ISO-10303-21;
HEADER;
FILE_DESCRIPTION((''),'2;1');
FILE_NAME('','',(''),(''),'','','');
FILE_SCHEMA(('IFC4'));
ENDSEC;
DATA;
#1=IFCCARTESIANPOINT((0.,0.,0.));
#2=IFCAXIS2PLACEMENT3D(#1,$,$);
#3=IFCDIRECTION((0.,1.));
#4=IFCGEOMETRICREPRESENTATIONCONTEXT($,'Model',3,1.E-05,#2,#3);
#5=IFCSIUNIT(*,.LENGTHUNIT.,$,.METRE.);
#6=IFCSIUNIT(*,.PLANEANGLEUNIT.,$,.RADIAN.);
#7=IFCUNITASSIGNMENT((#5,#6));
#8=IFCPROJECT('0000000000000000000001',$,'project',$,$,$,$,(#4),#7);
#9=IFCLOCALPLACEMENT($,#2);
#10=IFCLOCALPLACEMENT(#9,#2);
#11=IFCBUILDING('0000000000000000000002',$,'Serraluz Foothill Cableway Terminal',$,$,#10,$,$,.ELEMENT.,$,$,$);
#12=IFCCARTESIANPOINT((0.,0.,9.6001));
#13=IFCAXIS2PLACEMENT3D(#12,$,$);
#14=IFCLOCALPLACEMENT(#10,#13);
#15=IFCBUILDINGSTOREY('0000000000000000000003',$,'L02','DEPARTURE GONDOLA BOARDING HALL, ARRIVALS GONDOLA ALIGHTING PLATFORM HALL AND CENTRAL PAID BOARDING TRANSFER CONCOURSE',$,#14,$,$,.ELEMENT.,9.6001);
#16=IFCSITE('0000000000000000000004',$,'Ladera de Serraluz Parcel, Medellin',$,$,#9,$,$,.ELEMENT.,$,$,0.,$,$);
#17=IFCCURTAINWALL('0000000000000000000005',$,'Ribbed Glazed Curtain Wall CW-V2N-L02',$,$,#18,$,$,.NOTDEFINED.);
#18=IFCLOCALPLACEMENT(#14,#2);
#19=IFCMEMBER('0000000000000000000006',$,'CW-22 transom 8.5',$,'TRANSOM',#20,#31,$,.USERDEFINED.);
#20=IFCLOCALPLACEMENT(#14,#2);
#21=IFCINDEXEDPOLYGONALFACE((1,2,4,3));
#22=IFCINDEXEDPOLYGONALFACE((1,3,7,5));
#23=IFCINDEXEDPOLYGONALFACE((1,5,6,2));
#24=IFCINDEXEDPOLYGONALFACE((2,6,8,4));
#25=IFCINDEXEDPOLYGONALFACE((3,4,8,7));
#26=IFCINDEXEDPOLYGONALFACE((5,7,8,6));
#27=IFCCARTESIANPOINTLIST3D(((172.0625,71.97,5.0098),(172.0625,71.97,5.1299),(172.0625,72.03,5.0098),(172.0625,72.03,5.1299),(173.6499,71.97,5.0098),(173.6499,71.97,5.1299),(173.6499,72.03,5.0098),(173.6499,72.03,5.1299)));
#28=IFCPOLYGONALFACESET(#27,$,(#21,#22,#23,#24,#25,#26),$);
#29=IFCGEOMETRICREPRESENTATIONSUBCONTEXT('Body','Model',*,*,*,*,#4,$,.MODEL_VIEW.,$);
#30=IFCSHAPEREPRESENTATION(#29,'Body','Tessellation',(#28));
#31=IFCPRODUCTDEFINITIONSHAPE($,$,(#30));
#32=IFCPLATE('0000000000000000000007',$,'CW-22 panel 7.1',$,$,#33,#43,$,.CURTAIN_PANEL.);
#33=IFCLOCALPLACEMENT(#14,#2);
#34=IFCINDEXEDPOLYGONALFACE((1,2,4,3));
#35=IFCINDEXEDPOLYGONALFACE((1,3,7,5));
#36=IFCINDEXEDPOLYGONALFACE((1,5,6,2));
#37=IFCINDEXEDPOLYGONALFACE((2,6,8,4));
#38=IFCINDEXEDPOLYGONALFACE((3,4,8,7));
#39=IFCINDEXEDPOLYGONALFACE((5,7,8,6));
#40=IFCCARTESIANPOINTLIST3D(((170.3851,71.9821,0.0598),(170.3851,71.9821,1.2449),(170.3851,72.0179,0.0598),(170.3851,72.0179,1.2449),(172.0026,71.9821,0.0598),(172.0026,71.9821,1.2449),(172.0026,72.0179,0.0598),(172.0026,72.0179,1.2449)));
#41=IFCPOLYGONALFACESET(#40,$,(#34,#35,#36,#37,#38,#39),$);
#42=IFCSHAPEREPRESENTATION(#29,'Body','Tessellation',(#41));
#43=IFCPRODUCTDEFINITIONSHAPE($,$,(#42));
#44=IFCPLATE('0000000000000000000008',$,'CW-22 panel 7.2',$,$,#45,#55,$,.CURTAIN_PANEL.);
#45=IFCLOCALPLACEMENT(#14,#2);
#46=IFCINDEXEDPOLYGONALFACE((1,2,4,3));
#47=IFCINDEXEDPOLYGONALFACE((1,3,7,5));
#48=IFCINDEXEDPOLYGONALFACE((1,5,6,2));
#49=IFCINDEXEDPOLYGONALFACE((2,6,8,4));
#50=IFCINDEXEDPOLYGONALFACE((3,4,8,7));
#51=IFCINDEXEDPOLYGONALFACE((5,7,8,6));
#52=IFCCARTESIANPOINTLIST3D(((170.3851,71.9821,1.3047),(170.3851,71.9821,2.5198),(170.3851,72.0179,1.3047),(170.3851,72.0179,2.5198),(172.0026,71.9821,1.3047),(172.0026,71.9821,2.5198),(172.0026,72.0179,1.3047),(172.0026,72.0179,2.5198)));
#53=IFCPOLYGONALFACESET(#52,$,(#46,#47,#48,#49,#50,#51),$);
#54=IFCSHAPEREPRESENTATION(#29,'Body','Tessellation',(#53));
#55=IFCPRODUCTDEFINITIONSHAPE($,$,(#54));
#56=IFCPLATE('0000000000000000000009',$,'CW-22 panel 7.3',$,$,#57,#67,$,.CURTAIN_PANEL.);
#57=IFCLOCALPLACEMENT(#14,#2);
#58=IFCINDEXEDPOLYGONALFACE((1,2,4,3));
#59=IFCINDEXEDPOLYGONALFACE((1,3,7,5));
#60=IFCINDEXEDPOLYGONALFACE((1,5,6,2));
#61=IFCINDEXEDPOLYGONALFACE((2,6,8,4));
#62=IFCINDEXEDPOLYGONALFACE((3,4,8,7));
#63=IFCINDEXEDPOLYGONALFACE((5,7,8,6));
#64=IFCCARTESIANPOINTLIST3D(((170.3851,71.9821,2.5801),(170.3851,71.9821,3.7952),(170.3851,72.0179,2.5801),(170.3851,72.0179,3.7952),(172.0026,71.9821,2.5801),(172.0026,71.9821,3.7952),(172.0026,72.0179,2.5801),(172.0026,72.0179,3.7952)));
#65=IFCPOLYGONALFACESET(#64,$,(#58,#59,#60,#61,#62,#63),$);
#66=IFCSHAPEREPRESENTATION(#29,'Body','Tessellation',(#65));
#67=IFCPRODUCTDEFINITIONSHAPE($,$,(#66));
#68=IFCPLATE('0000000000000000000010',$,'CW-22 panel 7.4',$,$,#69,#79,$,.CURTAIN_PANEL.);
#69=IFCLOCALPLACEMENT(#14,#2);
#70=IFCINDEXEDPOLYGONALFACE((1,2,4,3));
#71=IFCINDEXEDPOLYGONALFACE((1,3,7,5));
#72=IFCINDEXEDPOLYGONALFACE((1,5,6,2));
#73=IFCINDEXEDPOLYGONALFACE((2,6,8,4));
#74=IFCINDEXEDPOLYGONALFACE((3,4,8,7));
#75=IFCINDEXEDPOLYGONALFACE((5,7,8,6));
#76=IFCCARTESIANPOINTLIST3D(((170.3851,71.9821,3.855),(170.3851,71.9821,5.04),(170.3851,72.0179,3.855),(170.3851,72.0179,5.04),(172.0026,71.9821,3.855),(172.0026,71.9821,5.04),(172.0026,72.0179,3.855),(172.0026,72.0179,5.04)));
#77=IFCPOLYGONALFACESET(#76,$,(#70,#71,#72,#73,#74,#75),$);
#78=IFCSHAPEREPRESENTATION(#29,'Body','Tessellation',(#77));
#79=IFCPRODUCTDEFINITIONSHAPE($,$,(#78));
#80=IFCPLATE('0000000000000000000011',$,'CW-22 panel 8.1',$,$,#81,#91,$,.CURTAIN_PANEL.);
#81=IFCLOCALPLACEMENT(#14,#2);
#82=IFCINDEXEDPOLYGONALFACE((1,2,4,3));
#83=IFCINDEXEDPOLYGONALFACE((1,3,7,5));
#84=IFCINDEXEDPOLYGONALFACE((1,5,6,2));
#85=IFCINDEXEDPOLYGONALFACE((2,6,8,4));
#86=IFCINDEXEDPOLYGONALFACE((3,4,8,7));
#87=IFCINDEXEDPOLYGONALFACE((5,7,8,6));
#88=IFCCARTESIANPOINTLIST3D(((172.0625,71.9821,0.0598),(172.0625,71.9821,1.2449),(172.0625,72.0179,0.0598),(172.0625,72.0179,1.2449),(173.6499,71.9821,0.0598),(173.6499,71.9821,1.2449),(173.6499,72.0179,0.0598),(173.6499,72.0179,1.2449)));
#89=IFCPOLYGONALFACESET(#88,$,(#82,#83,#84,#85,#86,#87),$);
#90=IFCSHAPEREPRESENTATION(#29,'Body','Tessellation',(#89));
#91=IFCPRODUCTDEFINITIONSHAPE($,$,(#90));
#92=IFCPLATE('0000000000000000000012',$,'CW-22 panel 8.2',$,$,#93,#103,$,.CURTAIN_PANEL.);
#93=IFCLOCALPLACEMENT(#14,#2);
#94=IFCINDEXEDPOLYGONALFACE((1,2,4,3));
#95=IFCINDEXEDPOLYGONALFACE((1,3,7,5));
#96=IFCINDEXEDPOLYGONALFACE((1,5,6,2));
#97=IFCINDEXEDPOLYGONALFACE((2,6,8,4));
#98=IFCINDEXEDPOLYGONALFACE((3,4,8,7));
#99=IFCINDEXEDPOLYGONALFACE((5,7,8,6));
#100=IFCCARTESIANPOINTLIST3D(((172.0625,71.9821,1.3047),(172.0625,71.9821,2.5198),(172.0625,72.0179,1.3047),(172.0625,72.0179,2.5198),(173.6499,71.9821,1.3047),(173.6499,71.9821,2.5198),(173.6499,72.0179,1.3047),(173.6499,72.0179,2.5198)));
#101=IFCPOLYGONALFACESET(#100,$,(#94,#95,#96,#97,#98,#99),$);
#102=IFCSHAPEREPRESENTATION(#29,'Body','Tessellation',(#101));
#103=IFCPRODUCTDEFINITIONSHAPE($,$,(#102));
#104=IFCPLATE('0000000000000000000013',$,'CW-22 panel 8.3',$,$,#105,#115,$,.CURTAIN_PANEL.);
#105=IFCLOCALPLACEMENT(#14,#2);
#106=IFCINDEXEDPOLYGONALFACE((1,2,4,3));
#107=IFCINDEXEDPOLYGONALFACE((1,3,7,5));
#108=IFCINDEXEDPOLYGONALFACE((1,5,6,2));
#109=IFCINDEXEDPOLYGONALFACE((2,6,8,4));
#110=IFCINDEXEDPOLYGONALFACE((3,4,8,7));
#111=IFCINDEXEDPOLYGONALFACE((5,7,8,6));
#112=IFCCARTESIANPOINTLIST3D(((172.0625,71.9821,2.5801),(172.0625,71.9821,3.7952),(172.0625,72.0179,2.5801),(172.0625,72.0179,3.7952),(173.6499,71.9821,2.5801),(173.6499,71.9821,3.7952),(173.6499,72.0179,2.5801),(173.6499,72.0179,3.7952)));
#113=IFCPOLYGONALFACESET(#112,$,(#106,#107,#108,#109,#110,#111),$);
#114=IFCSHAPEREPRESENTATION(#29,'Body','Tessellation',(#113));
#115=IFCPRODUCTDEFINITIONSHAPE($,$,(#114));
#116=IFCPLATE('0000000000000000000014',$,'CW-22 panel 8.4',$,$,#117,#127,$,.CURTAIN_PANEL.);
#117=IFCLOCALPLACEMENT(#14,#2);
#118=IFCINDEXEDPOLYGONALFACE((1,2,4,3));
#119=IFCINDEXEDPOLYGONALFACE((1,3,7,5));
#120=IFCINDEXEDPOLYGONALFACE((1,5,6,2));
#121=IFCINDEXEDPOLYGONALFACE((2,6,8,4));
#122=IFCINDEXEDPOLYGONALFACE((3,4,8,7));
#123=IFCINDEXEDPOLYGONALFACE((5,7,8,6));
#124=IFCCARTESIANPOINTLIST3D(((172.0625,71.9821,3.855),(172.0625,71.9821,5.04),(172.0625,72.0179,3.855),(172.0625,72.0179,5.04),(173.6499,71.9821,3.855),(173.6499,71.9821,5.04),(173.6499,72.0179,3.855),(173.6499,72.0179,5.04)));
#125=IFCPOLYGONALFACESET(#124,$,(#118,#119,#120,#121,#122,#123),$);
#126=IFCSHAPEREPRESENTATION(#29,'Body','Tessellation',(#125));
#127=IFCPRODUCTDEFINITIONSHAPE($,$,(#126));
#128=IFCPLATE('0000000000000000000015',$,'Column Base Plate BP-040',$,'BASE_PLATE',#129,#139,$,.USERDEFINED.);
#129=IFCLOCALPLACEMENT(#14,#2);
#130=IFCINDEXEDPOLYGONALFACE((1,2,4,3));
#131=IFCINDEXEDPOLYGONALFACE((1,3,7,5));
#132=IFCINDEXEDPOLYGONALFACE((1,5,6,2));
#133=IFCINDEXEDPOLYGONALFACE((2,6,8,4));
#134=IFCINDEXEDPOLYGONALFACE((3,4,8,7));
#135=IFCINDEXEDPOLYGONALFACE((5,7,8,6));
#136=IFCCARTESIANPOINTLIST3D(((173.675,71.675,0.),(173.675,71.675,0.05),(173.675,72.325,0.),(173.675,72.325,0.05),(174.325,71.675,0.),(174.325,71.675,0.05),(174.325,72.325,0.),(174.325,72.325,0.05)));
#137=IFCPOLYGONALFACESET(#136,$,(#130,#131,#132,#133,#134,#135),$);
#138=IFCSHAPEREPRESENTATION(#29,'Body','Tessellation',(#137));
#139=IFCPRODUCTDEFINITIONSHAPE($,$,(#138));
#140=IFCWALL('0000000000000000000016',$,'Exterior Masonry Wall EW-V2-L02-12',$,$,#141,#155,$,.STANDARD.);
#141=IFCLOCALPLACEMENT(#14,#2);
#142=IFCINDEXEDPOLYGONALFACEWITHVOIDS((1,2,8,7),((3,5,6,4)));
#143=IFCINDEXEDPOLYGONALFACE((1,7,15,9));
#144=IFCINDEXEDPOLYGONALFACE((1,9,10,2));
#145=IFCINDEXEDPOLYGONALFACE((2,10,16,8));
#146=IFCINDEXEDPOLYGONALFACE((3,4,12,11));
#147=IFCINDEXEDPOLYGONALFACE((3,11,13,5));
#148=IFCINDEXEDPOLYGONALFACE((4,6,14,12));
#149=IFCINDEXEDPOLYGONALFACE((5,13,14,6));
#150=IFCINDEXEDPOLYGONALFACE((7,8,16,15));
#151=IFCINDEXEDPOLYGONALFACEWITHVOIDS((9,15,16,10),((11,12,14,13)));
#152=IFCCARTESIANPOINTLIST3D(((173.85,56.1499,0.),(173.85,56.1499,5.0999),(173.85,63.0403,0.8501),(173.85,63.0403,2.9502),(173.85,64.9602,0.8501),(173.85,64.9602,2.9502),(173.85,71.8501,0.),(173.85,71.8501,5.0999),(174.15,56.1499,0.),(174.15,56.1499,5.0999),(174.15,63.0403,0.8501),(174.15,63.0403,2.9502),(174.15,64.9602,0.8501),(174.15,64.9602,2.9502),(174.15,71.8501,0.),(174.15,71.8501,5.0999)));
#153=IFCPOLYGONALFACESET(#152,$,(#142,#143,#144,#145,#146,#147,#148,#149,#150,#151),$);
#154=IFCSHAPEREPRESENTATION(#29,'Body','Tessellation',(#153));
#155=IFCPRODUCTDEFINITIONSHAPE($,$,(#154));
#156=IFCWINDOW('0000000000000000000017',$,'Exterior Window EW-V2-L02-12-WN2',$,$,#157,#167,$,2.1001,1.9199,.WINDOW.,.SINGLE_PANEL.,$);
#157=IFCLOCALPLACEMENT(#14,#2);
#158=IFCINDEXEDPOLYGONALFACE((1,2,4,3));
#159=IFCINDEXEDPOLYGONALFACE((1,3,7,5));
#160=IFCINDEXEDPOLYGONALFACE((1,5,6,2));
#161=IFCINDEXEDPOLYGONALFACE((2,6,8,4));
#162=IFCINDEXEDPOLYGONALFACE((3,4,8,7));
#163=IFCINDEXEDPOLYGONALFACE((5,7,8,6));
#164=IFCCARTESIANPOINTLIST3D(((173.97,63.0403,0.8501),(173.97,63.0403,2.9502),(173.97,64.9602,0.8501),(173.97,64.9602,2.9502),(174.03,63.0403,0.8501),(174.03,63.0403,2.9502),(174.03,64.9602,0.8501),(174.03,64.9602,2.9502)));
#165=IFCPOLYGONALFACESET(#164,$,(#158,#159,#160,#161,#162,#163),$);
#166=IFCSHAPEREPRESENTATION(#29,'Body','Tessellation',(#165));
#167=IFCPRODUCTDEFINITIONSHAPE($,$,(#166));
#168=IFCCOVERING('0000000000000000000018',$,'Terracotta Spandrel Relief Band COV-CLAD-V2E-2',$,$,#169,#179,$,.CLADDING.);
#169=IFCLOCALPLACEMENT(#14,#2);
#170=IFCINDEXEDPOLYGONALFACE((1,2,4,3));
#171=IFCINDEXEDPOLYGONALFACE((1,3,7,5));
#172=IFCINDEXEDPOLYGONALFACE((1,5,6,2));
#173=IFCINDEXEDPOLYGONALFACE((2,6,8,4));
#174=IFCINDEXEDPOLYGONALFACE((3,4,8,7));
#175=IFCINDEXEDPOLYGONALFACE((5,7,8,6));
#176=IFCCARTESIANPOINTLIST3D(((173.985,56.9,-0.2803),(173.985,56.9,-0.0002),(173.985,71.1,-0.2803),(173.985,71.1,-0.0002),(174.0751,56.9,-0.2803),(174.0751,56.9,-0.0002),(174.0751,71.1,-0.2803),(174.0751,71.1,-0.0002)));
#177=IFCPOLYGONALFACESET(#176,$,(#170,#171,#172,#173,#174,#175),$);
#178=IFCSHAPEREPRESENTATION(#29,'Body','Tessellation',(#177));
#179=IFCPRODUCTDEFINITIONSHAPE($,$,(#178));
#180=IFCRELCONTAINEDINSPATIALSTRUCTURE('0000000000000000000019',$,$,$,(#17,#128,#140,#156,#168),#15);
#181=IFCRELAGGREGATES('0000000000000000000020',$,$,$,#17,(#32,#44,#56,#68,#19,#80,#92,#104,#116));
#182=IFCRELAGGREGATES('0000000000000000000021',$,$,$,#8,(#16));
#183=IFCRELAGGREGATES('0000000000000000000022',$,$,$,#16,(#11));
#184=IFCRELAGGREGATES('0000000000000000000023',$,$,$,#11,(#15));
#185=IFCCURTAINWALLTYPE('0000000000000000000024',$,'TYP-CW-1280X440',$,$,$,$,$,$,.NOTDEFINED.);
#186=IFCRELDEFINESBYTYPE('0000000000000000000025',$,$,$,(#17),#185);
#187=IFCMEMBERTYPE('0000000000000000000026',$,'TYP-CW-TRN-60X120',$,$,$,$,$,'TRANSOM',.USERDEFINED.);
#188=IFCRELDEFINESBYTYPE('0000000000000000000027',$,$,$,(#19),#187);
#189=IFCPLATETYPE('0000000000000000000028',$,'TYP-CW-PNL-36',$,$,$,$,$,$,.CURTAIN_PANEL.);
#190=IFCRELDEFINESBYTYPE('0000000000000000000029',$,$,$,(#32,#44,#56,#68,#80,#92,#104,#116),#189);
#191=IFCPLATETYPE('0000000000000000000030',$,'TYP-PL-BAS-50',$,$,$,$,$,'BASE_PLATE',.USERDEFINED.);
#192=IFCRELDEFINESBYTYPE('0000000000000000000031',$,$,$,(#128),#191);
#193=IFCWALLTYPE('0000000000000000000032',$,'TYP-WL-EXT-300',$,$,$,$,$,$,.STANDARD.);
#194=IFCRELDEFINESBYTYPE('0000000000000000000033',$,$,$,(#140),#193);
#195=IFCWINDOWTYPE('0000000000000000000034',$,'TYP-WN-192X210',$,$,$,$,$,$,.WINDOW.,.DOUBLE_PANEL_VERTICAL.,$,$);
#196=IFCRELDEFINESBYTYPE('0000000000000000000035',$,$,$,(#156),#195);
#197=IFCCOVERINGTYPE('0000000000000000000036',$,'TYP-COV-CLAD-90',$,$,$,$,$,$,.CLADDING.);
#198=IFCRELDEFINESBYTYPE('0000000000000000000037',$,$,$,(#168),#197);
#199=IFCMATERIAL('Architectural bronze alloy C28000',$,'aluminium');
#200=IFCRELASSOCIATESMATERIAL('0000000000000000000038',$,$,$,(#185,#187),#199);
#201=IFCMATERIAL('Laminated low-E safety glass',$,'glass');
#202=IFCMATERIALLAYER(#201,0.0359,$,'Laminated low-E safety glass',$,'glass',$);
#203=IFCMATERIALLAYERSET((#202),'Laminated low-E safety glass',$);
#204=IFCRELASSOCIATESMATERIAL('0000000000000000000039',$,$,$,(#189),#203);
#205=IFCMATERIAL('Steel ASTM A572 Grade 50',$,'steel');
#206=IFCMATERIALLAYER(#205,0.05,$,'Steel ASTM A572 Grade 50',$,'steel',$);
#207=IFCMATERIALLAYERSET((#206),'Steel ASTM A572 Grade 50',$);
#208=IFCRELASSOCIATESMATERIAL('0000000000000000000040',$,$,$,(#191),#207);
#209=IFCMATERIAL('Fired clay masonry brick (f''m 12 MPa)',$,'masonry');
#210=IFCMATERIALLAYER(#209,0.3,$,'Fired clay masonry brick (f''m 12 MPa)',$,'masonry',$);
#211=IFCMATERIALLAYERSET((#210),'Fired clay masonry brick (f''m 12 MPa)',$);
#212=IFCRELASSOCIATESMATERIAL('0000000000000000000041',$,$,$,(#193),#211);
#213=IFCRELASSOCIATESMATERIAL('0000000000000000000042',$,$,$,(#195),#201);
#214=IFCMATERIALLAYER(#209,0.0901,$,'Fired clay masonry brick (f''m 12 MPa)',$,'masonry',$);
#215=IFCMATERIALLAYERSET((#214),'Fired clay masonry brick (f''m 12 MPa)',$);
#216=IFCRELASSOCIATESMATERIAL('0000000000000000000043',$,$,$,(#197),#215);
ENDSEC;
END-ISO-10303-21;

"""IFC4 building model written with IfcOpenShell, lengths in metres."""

from ifc_helpers import new_model, si_unit, direction, frame, frame_2d, origin, origin_2d, place, context, subcontext, project, spatial, rectangle, extrude, material, layer, layer_set, material_profile, profile_set, type_object, element, fill, aggregate, save


model = new_model("IFC4")

# Units and contexts
model_context = context("Model", 3, precision=1e-05, world=origin(), true_north=direction((0.0, 1.0)))
body_context = subcontext(model_context, "Body", "Model", "MODEL_VIEW")
ifc_project = project(units=[si_unit("LENGTHUNIT", "METRE"), si_unit("PLANEANGLEUNIT", "RADIAN")], contexts=[model_context])

# Site, building, storey
site_placement = place(None, origin())
site = spatial("IfcSite", under=ifc_project, at=site_placement, Name="Ladera de Serraluz Parcel, Medellin", CompositionType="ELEMENT", RefElevation=0.0)
building_placement = place(site_placement, origin())
building = spatial("IfcBuilding", under=site, at=building_placement, Name="Serraluz Foothill Cableway Terminal", CompositionType="ELEMENT")
storey_placement = place(building_placement, frame((0.0, 0.0, 9.6001)))
storey = spatial("IfcBuildingStorey", under=building, at=storey_placement, Name="L02", Description="DEPARTURE GONDOLA BOARDING HALL, ARRIVALS GONDOLA ALIGHTING PLATFORM HALL AND CENTRAL PAID BOARDING TRANSFER CONCOURSE", CompositionType="ELEMENT", Elevation=9.6001)

# Shared definitions
ifc_material_1 = material(Name="Steel ASTM A572 Grade 50", Category="steel")
ifc_material_2 = material(Name="Fired clay masonry brick (f'm 12 MPa)", Category="masonry")

# Curtain wall, member, plates
ifc_material_3 = material(Name="Architectural bronze alloy C28000", Category="aluminium")
curtain_wall_type = type_object("IfcCurtainWallType", Name="TYP-CW-1280X440", PredefinedType="NOTDEFINED", material=ifc_material_3)
curtain_wall_placement = place(storey_placement, origin())
curtain_wall = element("IfcCurtainWall", 1, at=curtain_wall_placement, inside=storey, type_object=curtain_wall_type, Name="Ribbed Glazed Curtain Wall CW-V2N-L02", PredefinedType="NOTDEFINED")
ifc_material_profile_1 = material_profile(ifc_material_3, rectangle(XDim=0.0601, YDim=0.1201, at=origin_2d()), Name="ALU TRANSOM 60x120")
ifc_profile_set_1 = profile_set([ifc_material_profile_1], Name="Architectural bronze alloy C28000")
member_type_1 = type_object("IfcMemberType", Name="TYP-CW-TRN-60X120", ElementType="TRANSOM", PredefinedType="USERDEFINED", material=ifc_profile_set_1)
member_1_placement = place(storey_placement, frame((172.0625, 72.0, 5.0698), z_axis=(1.0, 0.0, 0.0), x_axis=(0.0, 1.0, 0.0)))
member_1 = element("IfcMember", 2, at=member_1_placement, type_object=member_type_1, Name="CW-22 transom 8.5", ObjectType="TRANSOM", PredefinedType="USERDEFINED", context=body_context, shape_type="SweptSolid", body=[
    extrude(rectangle(XDim=0.0601, YDim=0.1201, at=origin_2d()), origin(), (0.0, 0.0, 1.0), 1.5874),
])
ifc_material_4 = material(Name="Laminated low-E safety glass", Category="glass")
ifc_layer_1 = layer(ifc_material_4, 0.0359, Name="Laminated low-E safety glass", Category="glass")
ifc_layer_set_1 = layer_set([ifc_layer_1], Name="Laminated low-E safety glass")
plate_type_1 = type_object("IfcPlateType", Name="TYP-CW-PNL-36", PredefinedType="CURTAIN_PANEL", material=ifc_layer_set_1)
plate_1_placement = place(storey_placement, frame((171.1938, 72.0, 0.0598), z_axis=(0.0, 0.0, 1.0), x_axis=(1.0, 0.0, 0.0)))
plate_1 = element("IfcPlate", 3, at=plate_1_placement, type_object=plate_type_1, Name="CW-22 panel 7.1", PredefinedType="CURTAIN_PANEL", context=body_context, shape_type="SweptSolid", body=[
    extrude(rectangle(XDim=1.6174, YDim=0.0359, at=origin_2d()), origin(), (0.0, 0.0, 1.0), 1.1851),
])
plate_2_placement = place(storey_placement, frame((171.1938, 72.0, 1.3047), z_axis=(0.0, 0.0, 1.0), x_axis=(1.0, 0.0, 0.0)))
plate_2 = element("IfcPlate", 4, at=plate_2_placement, type_object=plate_type_1, Name="CW-22 panel 7.2", PredefinedType="CURTAIN_PANEL", context=body_context, shape_type="SweptSolid", body=[
    extrude(rectangle(XDim=1.6174, YDim=0.0359, at=origin_2d()), origin(), (0.0, 0.0, 1.0), 1.2151),
])
plate_3_placement = place(storey_placement, frame((171.1938, 72.0, 2.5801), z_axis=(0.0, 0.0, 1.0), x_axis=(1.0, 0.0, 0.0)))
plate_3 = element("IfcPlate", 5, at=plate_3_placement, type_object=plate_type_1, Name="CW-22 panel 7.3", PredefinedType="CURTAIN_PANEL", context=body_context, shape_type="SweptSolid", body=[
    extrude(rectangle(XDim=1.6174, YDim=0.0359, at=origin_2d()), origin(), (0.0, 0.0, 1.0), 1.2151),
])
plate_4_placement = place(storey_placement, frame((171.1938, 72.0, 3.855), z_axis=(0.0, 0.0, 1.0), x_axis=(1.0, 0.0, 0.0)))
plate_4 = element("IfcPlate", 6, at=plate_4_placement, type_object=plate_type_1, Name="CW-22 panel 7.4", PredefinedType="CURTAIN_PANEL", context=body_context, shape_type="SweptSolid", body=[
    extrude(rectangle(XDim=1.6174, YDim=0.0359, at=origin_2d()), origin(), (0.0, 0.0, 1.0), 1.1851),
])
plate_5_placement = place(storey_placement, frame((172.8562, 72.0, 0.0598), z_axis=(0.0, 0.0, 1.0), x_axis=(1.0, 0.0, 0.0)))
plate_5 = element("IfcPlate", 7, at=plate_5_placement, type_object=plate_type_1, Name="CW-22 panel 8.1", PredefinedType="CURTAIN_PANEL", context=body_context, shape_type="SweptSolid", body=[
    extrude(rectangle(XDim=1.5874, YDim=0.0359, at=origin_2d()), origin(), (0.0, 0.0, 1.0), 1.1851),
])
plate_6_placement = place(storey_placement, frame((172.8562, 72.0, 1.3047), z_axis=(0.0, 0.0, 1.0), x_axis=(1.0, 0.0, 0.0)))
plate_6 = element("IfcPlate", 8, at=plate_6_placement, type_object=plate_type_1, Name="CW-22 panel 8.2", PredefinedType="CURTAIN_PANEL", context=body_context, shape_type="SweptSolid", body=[
    extrude(rectangle(XDim=1.5874, YDim=0.0359, at=origin_2d()), origin(), (0.0, 0.0, 1.0), 1.2151),
])
plate_7_placement = place(storey_placement, frame((172.8562, 72.0, 2.5801), z_axis=(0.0, 0.0, 1.0), x_axis=(1.0, 0.0, 0.0)))
plate_7 = element("IfcPlate", 9, at=plate_7_placement, type_object=plate_type_1, Name="CW-22 panel 8.3", PredefinedType="CURTAIN_PANEL", context=body_context, shape_type="SweptSolid", body=[
    extrude(rectangle(XDim=1.5874, YDim=0.0359, at=origin_2d()), origin(), (0.0, 0.0, 1.0), 1.2151),
])
plate_8_placement = place(storey_placement, frame((172.8562, 72.0, 3.855), z_axis=(0.0, 0.0, 1.0), x_axis=(1.0, 0.0, 0.0)))
plate_8 = element("IfcPlate", 10, at=plate_8_placement, type_object=plate_type_1, Name="CW-22 panel 8.4", PredefinedType="CURTAIN_PANEL", context=body_context, shape_type="SweptSolid", body=[
    extrude(rectangle(XDim=1.5874, YDim=0.0359, at=origin_2d()), origin(), (0.0, 0.0, 1.0), 1.1851),
])
aggregate(curtain_wall, [plate_1, plate_2, plate_3, plate_4, member_1, plate_5, plate_6, plate_7, plate_8])

# Plate
ifc_layer_2 = layer(ifc_material_1, 0.05, Name="Steel ASTM A572 Grade 50", Category="steel")
ifc_layer_set_2 = layer_set([ifc_layer_2], Name="Steel ASTM A572 Grade 50")
plate_type_2 = type_object("IfcPlateType", Name="TYP-PL-BAS-50", ElementType="BASE_PLATE", PredefinedType="USERDEFINED", material=ifc_layer_set_2)
plate_9_placement = place(storey_placement, frame((174.0, 72.0, 0.0), z_axis=(0.0, 0.0, 1.0), x_axis=(1.0, 0.0, 0.0)))
element("IfcPlate", 11, at=plate_9_placement, inside=storey, type_object=plate_type_2, Name="Column Base Plate BP-040", ObjectType="BASE_PLATE", PredefinedType="USERDEFINED", context=body_context, shape_type="SweptSolid", body=[
    extrude(rectangle(XDim=0.6499, YDim=0.6499, at=origin_2d()), origin(), (0.0, 0.0, 1.0), 0.05),
])

# Wall, opening, window
ifc_layer_3 = layer(ifc_material_2, 0.3, Name="Fired clay masonry brick (f'm 12 MPa)", Category="masonry")
ifc_layer_set_3 = layer_set([ifc_layer_3], Name="Fired clay masonry brick (f'm 12 MPa)")
wall_type = type_object("IfcWallType", Name="TYP-WL-EXT-300", PredefinedType="STANDARD", material=ifc_layer_set_3)
wall_placement = place(storey_placement, frame((174.0, 71.8501, 0.0), z_axis=(0.0, 0.0, 1.0), x_axis=(0.0, -1.0, 0.0)))
wall = element("IfcWall", 12, at=wall_placement, inside=storey, type_object=wall_type, Name="Exterior Masonry Wall EW-V2-L02-12", PredefinedType="STANDARD", context=body_context, shape_type="SweptSolid", body=[
    extrude(rectangle(XDim=15.7002, YDim=0.3, at=frame_2d((7.8501, 0.0))), origin(), (0.0, 0.0, 1.0), 5.0999),
])
opening_placement = place(wall_placement, frame((6.8899, 0.0, 0.8501)))
opening = element("IfcOpeningElement", 13, at=opening_placement, cuts=wall, PredefinedType="OPENING", context=body_context, shape_type="SweptSolid", body=[
    extrude(rectangle(XDim=1.9199, YDim=2.1001, at=frame_2d((0.96, 1.05))), frame((0.0, 0.1602, 0.0), z_axis=(0.0, -1.0, 0.0), x_axis=(1.0, 0.0, 0.0)), (0.0, 0.0, 1.0), 0.3201),
])
window_type = type_object("IfcWindowType", Name="TYP-WN-192X210", PartitioningType="DOUBLE_PANEL_VERTICAL", PredefinedType="WINDOW", material=ifc_material_4)
window_placement = place(opening_placement, origin())
window = element("IfcWindow", 14, at=window_placement, inside=storey, type_object=window_type, Name="Exterior Window EW-V2-L02-12-WN2", OverallHeight=2.1001, OverallWidth=1.9199, PartitioningType="SINGLE_PANEL", PredefinedType="WINDOW", context=body_context, shape_type="SweptSolid", body=[
    extrude(rectangle(XDim=1.9199, YDim=2.1001, at=frame_2d((0.96, 1.05))), frame((0.0, 0.03, 0.0), z_axis=(0.0, -1.0, 0.0), x_axis=(1.0, 0.0, 0.0)), (0.0, 0.0, 1.0), 0.0601),
])
fill(opening, window)

# Covering
ifc_layer_4 = layer(ifc_material_2, 0.0901, Name="Fired clay masonry brick (f'm 12 MPa)", Category="masonry")
ifc_layer_set_4 = layer_set([ifc_layer_4], Name="Fired clay masonry brick (f'm 12 MPa)")
covering_type = type_object("IfcCoveringType", Name="TYP-COV-CLAD-90", PredefinedType="CLADDING", material=ifc_layer_set_4)
covering_placement = place(storey_placement, frame((174.03, 64.0, -0.2803), z_axis=(0.0, 0.0, 1.0), x_axis=(0.0, 1.0, 0.0)))
element("IfcCovering", 15, at=covering_placement, inside=storey, type_object=covering_type, Name="Terracotta Spandrel Relief Band COV-CLAD-V2E-2", PredefinedType="CLADDING", context=body_context, shape_type="SweptSolid", body=[
    extrude(rectangle(XDim=14.2, YDim=0.0901, at=origin_2d()), origin(), (0.0, 0.0, 1.0), 0.28),
])

save(model, "model.ifc")
